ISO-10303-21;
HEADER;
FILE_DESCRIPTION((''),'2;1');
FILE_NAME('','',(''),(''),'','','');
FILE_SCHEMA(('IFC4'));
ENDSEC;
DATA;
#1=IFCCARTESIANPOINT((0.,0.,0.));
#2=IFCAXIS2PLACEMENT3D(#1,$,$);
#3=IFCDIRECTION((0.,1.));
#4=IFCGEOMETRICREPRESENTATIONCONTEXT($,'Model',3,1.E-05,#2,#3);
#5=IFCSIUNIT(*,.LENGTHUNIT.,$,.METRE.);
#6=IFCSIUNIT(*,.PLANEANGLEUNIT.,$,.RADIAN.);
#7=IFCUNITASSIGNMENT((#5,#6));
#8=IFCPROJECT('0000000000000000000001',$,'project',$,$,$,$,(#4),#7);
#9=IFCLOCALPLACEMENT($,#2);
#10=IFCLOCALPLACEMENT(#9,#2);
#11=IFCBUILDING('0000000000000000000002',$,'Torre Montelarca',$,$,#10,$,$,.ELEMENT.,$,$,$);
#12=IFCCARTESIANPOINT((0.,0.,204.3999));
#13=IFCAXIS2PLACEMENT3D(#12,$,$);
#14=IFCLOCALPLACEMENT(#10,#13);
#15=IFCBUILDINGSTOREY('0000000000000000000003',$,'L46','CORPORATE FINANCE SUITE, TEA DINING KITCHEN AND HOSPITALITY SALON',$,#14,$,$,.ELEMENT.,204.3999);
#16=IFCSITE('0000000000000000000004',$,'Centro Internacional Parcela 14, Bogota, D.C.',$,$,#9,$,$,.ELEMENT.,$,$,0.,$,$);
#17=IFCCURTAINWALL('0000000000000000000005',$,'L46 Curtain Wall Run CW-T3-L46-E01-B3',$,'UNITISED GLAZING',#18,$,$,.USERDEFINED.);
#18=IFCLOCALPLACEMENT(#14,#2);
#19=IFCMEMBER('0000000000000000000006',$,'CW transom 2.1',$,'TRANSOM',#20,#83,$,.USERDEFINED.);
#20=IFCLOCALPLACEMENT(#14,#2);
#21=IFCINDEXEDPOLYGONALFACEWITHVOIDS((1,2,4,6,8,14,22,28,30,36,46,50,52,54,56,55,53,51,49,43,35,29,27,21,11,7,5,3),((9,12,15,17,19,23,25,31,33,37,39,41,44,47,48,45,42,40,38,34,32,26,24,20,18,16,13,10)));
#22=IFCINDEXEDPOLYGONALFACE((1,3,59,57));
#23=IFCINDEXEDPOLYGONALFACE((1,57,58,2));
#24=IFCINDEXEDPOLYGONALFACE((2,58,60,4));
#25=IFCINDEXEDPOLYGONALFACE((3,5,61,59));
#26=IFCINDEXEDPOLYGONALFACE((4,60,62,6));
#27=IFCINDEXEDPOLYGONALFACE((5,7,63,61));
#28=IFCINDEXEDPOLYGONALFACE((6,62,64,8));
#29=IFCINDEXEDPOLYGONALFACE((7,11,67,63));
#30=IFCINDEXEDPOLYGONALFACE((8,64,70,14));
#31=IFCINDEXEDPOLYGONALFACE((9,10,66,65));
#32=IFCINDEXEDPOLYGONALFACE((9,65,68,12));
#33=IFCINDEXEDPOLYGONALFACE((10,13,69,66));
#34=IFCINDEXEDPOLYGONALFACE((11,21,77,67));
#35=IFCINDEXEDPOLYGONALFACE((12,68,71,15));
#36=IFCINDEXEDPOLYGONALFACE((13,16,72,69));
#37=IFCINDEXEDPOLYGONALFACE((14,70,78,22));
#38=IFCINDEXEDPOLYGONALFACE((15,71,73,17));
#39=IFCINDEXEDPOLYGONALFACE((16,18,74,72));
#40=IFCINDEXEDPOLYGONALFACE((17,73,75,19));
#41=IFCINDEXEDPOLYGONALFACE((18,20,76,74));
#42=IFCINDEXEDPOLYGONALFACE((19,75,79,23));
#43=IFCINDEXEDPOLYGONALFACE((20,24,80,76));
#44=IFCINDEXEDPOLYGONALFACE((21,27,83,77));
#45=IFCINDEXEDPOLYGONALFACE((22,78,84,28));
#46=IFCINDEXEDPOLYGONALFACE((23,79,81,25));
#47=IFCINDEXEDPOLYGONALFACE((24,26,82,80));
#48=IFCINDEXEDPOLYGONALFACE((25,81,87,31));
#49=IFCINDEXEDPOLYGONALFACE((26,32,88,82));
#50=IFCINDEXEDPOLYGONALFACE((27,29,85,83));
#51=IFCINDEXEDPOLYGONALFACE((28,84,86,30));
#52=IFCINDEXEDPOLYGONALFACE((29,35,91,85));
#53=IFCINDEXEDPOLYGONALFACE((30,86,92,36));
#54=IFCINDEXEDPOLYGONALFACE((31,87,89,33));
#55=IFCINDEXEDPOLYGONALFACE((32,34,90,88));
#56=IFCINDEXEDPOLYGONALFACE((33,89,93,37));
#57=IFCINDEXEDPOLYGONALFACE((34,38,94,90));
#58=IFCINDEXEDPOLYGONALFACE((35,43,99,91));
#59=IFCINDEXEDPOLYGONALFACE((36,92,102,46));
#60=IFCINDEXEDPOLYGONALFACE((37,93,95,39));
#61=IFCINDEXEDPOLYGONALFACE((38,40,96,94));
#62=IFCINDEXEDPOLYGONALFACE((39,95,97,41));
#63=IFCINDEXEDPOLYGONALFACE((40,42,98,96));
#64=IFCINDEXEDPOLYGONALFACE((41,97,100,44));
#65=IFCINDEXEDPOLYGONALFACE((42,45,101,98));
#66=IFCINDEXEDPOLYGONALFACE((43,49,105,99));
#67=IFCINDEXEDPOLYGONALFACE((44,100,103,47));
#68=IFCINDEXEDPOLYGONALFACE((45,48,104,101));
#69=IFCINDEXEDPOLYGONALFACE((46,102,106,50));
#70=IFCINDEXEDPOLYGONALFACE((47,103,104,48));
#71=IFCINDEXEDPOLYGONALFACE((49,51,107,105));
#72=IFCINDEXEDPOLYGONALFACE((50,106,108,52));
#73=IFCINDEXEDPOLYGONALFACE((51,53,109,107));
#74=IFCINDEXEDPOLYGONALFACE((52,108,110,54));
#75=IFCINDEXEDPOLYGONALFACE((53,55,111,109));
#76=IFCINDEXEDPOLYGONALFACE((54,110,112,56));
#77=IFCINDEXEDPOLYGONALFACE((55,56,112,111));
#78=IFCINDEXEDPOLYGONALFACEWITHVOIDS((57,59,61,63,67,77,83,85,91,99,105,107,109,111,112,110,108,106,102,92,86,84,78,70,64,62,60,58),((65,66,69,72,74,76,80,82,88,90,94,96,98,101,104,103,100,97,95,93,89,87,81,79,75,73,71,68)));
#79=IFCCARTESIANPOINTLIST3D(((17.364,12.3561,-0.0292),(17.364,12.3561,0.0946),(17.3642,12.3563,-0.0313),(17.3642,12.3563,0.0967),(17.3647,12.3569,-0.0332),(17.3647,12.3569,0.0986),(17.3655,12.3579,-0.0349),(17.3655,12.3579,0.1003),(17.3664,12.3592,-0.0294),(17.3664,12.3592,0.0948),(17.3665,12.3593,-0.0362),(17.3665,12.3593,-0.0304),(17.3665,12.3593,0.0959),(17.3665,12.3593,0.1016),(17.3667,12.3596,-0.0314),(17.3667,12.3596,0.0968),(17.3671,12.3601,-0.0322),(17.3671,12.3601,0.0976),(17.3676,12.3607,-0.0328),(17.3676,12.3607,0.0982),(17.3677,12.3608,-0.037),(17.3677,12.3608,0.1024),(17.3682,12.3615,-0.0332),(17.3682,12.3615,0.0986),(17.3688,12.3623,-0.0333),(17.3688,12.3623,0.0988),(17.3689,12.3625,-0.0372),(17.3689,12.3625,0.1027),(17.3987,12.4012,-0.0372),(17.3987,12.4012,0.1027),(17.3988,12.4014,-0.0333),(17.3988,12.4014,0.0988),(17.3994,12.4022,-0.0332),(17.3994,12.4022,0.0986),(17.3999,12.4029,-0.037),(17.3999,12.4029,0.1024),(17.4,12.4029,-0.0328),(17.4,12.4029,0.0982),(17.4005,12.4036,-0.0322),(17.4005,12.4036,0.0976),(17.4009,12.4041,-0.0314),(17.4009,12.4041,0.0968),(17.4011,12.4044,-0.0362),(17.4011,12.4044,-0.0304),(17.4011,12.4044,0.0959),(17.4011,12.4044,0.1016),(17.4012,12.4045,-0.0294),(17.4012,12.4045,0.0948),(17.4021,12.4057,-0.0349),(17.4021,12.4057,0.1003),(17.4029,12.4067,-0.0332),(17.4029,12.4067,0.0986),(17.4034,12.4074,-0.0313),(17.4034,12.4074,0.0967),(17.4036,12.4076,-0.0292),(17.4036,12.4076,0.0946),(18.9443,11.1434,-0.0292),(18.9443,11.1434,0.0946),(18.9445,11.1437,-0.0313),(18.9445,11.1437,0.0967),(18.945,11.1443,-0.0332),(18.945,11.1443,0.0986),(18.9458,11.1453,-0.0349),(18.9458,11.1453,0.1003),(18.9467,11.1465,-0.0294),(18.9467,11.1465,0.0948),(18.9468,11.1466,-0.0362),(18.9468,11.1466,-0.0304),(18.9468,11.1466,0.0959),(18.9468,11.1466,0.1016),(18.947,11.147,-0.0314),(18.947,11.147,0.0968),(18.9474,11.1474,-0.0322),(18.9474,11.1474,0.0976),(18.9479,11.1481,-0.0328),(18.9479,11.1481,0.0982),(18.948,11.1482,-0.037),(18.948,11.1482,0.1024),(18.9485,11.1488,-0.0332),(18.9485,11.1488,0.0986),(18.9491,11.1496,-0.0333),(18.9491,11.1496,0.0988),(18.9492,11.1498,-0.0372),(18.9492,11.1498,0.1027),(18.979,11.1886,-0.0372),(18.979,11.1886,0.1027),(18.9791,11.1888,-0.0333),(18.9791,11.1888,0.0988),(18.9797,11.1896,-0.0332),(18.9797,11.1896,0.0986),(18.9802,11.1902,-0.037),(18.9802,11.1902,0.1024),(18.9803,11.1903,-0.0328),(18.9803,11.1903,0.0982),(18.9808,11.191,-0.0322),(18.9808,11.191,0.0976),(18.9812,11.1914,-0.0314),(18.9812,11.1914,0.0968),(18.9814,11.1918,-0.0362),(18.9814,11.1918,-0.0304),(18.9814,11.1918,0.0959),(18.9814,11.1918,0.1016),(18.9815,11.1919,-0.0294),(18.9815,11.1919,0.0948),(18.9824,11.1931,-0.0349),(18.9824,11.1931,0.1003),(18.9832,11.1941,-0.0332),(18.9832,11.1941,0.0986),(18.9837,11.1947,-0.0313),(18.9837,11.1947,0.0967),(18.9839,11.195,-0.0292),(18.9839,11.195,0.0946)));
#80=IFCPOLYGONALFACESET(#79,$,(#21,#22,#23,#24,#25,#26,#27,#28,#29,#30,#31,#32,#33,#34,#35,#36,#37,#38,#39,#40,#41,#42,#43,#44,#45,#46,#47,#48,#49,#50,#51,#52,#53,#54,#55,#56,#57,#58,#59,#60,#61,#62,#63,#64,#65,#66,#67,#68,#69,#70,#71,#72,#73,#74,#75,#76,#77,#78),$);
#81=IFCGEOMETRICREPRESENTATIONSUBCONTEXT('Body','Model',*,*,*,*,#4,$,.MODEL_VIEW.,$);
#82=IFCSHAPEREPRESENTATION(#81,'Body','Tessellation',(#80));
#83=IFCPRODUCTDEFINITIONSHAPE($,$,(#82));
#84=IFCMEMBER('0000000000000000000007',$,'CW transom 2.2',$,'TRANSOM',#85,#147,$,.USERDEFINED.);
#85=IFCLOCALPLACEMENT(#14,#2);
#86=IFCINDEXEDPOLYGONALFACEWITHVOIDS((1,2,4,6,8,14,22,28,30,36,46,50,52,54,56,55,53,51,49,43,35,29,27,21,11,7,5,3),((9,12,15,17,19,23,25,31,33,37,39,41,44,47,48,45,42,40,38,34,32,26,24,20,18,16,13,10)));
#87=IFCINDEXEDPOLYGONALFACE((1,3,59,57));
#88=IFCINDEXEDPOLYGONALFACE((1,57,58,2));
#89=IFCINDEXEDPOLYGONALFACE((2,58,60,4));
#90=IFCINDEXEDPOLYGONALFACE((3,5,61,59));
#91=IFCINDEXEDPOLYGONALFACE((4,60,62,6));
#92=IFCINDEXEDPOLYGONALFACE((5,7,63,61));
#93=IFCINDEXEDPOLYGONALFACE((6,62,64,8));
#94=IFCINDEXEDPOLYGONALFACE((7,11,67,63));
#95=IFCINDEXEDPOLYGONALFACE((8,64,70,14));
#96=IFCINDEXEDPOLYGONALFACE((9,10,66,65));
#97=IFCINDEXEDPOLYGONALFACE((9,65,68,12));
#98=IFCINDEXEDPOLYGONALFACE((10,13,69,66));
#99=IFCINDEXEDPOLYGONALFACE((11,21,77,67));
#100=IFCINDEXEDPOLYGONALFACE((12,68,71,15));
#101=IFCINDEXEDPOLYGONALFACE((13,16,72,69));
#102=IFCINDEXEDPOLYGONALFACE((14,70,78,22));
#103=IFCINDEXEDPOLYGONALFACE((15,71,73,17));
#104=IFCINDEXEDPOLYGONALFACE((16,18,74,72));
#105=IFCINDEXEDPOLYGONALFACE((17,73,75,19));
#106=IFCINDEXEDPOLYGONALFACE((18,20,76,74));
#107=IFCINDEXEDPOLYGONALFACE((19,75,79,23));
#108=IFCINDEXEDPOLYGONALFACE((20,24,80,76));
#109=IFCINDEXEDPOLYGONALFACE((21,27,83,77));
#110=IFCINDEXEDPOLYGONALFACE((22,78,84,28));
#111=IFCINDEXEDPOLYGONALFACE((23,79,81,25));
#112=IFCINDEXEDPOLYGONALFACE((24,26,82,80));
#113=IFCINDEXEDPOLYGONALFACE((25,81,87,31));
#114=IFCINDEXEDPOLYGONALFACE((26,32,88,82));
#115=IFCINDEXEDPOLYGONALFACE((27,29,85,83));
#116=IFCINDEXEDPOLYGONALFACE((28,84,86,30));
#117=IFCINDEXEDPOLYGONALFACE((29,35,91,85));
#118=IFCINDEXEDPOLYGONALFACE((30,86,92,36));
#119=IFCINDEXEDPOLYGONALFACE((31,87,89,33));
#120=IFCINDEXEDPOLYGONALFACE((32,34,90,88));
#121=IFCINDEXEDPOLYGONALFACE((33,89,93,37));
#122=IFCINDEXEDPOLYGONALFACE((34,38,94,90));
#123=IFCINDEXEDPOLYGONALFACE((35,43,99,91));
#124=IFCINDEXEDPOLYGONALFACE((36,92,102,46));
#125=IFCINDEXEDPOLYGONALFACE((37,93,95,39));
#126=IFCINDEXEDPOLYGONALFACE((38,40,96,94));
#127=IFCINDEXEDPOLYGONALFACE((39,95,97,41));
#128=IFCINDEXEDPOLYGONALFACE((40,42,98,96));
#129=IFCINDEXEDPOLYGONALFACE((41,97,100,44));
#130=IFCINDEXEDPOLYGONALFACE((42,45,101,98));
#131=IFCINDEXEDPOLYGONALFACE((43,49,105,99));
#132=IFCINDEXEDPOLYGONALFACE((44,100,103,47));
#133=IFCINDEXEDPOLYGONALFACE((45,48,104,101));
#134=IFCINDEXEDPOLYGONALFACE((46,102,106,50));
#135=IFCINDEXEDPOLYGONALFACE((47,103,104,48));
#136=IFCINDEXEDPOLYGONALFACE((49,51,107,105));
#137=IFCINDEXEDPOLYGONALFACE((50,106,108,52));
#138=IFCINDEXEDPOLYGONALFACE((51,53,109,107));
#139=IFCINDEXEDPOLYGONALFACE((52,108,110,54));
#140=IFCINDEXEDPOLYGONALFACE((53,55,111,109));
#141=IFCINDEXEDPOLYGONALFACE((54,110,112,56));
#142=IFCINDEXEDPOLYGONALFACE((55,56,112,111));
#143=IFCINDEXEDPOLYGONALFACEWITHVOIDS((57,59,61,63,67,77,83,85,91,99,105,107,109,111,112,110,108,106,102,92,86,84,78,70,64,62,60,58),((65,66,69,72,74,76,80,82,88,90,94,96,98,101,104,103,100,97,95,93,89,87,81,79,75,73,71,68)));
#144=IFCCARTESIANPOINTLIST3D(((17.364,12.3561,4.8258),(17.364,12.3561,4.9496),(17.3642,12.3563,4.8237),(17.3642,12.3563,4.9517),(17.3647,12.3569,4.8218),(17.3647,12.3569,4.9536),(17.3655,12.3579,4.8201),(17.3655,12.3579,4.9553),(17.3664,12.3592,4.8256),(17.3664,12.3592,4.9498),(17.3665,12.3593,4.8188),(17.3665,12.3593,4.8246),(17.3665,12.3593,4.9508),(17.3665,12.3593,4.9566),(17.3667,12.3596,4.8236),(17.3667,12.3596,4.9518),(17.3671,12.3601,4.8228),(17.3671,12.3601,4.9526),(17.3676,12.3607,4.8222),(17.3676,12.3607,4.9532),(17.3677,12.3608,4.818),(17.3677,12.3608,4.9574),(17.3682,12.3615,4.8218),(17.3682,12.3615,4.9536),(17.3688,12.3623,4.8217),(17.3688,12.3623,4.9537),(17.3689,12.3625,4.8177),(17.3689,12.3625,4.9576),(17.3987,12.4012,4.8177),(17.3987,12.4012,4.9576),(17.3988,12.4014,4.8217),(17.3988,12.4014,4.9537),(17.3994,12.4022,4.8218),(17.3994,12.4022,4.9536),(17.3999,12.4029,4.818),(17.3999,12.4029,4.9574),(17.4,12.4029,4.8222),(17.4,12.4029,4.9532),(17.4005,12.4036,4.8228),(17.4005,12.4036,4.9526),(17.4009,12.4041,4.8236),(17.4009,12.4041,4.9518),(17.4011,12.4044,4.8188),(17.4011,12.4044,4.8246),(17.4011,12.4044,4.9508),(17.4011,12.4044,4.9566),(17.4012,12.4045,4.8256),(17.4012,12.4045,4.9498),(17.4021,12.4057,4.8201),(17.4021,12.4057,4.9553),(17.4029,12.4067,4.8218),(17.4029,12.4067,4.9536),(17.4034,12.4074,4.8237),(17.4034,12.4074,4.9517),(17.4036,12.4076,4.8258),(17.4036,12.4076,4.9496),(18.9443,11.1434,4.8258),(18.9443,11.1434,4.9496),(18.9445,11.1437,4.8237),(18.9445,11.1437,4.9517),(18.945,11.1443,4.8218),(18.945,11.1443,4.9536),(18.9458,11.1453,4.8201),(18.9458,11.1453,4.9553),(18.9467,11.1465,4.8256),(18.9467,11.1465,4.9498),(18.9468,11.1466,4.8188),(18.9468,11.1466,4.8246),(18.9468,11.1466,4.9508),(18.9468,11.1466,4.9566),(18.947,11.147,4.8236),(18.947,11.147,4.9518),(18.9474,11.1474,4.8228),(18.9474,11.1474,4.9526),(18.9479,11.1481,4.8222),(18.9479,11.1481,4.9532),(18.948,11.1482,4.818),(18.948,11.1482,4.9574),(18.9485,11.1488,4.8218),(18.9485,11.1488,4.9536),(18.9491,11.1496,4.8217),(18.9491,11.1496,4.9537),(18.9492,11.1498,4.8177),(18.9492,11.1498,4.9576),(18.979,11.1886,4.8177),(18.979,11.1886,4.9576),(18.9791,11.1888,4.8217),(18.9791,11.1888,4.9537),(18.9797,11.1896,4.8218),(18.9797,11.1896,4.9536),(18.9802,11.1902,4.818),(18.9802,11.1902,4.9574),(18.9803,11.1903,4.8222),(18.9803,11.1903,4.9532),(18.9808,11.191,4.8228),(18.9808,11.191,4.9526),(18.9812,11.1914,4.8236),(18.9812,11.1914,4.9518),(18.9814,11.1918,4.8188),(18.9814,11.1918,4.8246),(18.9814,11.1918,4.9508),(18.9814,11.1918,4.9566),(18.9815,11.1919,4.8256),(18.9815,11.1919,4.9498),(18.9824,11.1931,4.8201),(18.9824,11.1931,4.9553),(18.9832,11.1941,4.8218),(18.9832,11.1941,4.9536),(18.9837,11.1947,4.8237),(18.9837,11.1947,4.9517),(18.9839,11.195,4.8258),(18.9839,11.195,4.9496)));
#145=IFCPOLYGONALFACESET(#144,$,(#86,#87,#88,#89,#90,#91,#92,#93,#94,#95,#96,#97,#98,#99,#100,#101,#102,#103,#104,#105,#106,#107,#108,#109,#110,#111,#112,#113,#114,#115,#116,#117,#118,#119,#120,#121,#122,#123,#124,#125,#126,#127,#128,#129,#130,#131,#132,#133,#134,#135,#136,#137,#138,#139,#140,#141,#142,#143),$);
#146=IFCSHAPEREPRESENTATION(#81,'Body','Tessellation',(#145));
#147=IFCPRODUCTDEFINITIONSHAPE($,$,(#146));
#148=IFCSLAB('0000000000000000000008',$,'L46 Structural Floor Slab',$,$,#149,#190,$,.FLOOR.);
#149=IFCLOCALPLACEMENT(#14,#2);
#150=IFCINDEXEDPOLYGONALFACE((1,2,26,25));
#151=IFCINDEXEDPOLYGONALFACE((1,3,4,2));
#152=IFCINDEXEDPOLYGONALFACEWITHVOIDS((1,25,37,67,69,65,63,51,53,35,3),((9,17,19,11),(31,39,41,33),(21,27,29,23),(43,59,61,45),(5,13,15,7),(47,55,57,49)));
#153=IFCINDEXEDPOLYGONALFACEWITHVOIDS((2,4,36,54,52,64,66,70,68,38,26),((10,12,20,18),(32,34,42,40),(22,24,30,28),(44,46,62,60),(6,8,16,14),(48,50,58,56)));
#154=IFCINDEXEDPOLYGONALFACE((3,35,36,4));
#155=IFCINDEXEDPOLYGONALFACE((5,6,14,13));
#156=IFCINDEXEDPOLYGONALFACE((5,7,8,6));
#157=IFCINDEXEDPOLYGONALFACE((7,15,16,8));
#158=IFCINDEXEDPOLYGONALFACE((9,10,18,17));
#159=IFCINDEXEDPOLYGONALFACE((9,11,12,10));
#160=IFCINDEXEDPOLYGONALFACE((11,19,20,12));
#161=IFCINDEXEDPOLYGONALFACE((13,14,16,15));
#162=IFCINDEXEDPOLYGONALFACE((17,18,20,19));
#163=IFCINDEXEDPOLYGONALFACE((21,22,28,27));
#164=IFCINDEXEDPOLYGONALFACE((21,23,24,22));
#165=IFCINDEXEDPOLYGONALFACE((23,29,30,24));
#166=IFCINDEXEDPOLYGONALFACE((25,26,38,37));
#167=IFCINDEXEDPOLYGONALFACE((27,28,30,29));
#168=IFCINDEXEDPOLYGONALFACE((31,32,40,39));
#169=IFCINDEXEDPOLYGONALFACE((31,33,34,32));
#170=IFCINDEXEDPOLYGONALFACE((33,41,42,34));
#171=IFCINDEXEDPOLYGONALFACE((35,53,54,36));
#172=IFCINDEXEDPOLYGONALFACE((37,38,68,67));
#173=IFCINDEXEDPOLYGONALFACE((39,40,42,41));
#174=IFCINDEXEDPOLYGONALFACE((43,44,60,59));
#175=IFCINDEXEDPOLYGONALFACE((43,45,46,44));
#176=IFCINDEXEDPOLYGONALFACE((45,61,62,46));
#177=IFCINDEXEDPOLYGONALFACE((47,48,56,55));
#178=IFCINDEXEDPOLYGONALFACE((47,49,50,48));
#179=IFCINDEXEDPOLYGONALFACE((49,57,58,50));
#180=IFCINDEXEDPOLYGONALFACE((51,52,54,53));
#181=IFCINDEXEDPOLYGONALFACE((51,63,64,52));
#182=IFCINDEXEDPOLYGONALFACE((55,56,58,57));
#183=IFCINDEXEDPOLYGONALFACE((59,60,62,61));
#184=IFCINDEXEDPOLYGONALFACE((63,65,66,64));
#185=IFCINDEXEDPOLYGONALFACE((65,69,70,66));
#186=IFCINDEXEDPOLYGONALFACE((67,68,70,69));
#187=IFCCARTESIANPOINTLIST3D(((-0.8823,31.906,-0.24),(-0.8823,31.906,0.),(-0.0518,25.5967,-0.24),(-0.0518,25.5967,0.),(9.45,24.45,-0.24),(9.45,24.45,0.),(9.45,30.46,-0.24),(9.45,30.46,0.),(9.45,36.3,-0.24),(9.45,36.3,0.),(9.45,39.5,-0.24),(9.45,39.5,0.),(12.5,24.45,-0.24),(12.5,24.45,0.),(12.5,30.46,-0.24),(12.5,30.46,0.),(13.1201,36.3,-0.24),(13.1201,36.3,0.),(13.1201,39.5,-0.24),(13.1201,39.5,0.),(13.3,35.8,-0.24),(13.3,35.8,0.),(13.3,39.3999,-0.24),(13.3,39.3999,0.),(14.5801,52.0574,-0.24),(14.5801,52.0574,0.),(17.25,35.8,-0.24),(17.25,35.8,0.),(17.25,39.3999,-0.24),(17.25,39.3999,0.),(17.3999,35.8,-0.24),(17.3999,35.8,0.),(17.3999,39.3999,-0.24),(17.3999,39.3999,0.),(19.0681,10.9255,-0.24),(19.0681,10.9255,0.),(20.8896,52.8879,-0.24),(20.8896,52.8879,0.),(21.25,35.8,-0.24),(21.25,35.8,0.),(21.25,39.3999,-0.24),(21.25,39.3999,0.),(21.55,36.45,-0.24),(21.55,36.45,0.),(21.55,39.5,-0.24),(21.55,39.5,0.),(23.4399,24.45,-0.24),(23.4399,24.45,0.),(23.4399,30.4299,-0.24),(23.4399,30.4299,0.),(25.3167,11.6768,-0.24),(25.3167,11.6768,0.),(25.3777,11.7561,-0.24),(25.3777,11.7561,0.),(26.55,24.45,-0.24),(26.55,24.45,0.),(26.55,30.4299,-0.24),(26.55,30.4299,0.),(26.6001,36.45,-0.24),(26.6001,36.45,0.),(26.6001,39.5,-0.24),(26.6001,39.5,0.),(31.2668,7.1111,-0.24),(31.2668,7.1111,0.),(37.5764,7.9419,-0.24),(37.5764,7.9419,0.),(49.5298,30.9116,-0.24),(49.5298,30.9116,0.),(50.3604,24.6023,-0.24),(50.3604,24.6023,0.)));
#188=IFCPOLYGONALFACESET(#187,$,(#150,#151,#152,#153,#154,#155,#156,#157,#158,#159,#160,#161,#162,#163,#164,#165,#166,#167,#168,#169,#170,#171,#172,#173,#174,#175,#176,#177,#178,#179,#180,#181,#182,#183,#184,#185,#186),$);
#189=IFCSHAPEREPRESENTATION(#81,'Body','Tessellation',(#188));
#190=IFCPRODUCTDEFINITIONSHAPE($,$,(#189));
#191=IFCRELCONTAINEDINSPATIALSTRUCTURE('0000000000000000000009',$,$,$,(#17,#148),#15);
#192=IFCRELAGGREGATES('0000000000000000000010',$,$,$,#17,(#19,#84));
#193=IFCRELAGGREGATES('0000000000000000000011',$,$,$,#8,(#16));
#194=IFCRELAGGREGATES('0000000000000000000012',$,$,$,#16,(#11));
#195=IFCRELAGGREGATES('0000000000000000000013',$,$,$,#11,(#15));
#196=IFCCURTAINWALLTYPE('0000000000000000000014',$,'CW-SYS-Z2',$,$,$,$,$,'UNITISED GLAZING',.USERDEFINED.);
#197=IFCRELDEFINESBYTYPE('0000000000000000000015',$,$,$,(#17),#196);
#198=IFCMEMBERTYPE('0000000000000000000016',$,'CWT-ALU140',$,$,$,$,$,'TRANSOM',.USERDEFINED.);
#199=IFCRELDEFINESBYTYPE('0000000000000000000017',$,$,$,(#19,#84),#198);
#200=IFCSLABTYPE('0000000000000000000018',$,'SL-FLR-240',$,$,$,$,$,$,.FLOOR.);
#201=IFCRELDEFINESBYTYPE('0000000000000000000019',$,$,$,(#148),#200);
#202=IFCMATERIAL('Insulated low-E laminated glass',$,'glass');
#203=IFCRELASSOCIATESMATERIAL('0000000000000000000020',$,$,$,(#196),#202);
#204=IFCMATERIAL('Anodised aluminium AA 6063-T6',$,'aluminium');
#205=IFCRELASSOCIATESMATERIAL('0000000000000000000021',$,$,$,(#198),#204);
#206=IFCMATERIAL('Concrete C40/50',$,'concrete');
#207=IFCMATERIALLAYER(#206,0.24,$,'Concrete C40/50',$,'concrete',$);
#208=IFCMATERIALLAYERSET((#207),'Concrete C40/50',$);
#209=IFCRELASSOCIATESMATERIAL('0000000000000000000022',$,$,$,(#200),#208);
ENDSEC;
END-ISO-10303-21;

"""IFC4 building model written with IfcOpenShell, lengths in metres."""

from ifc_helpers import new_model, si_unit, direction, frame, origin, origin_2d, place, context, subcontext, project, spatial, polyline, hollow_rectangle, outline, extrude, source, transform, mapped, material, layer, layer_set, material_profile, profile_set, type_object, element, aggregate, save


model = new_model("IFC4")

# Units and contexts
model_context = context("Model", 3, precision=1e-05, world=origin(), true_north=direction((0.0, 1.0)))
body_context = subcontext(model_context, "Body", "Model", "MODEL_VIEW")
ifc_project = project(units=[si_unit("LENGTHUNIT", "METRE"), si_unit("PLANEANGLEUNIT", "RADIAN")], contexts=[model_context])

# Site, building, storey
site_placement = place(None, origin())
site = spatial("IfcSite", under=ifc_project, at=site_placement, Name="Centro Internacional Parcela 14, Bogota, D.C.", CompositionType="ELEMENT", RefElevation=0.0)
building_placement = place(site_placement, origin())
building = spatial("IfcBuilding", under=site, at=building_placement, Name="Torre Montelarca", CompositionType="ELEMENT")
storey_placement = place(building_placement, frame((0.0, 0.0, 204.3999)))
storey = spatial("IfcBuildingStorey", under=building, at=storey_placement, Name="L46", Description="CORPORATE FINANCE SUITE, TEA DINING KITCHEN AND HOSPITALITY SALON", CompositionType="ELEMENT", Elevation=204.3999)

# Shared definitions
ifc_material_1 = material(Name="Insulated low-E laminated glass", Category="glass")
curtain_wall_type = type_object("IfcCurtainWallType", Name="CW-SYS-Z2", ElementType="UNITISED GLAZING", PredefinedType="USERDEFINED", material=ifc_material_1)
ifc_material_2 = material(Name="Anodised aluminium AA 6063-T6", Category="aluminium")
ifc_material_profile_1 = material_profile(ifc_material_2, hollow_rectangle(XDim=0.0649, YDim=0.1399, WallThickness=0.0039, InnerFilletRadius=0.0039, OuterFilletRadius=0.0081, at=origin_2d()), Name="ALU65X140X4", Category="aluminium")
ifc_profile_set_1 = profile_set([ifc_material_profile_1], Name="Anodised aluminium AA 6063-T6")
member_type_1 = type_object("IfcMemberType", Name="CWT-ALU140", ElementType="TRANSOM", PredefinedType="USERDEFINED", material=ifc_profile_set_1)

# Curtain wall
curtain_wall_1_placement = place(storey_placement, origin())
curtain_wall_1 = element("IfcCurtainWall", 1, at=curtain_wall_1_placement, inside=storey, type_object=curtain_wall_type, Name="L46 Curtain Wall Run CW-T3-L46-E01-B3", ObjectType="UNITISED GLAZING", PredefinedType="USERDEFINED")

# Members
shared_shape_1 = source(origin(), body_context, "Body", "SweptSolid", [
    extrude(hollow_rectangle(XDim=0.0649, YDim=0.1399, WallThickness=0.0039, InnerFilletRadius=0.0039, OuterFilletRadius=0.0081, at=origin_2d()), origin(), (0.0, 0.0, 1.0), 1.9919),
])
member_1_placement = place(storey_placement, frame((17.3838, 12.3818, 0.0327), z_axis=(0.793348, -0.608769, 0.0), x_axis=(0.608769, 0.793348, 0.0)))
member_1 = element("IfcMember", 2, at=member_1_placement, type_object=member_type_1, Name="CW transom 2.1", ObjectType="TRANSOM", PredefinedType="USERDEFINED", context=body_context, shape_type="MappedRepresentation", body=[
    mapped(shared_shape_1, transform((0.0, 0.0, 0.0), scale=1.0)),
])
member_2_placement = place(storey_placement, frame((17.3838, 12.3818, 4.8877), z_axis=(0.793348, -0.608769, 0.0), x_axis=(0.608769, 0.793348, 0.0)))
member_2 = element("IfcMember", 3, at=member_2_placement, type_object=member_type_1, Name="CW transom 2.2", ObjectType="TRANSOM", PredefinedType="USERDEFINED", context=body_context, shape_type="MappedRepresentation", body=[
    mapped(shared_shape_1, transform((0.0, 0.0, 0.0), scale=1.0)),
])

# Slab
ifc_material_3 = material(Name="Concrete C40/50", Category="concrete")
ifc_layer_1 = layer(ifc_material_3, 0.24, Name="Concrete C40/50", Category="concrete")
ifc_layer_set_1 = layer_set([ifc_layer_1], Name="Concrete C40/50")
slab_type_1 = type_object("IfcSlabType", Name="SL-FLR-240", PredefinedType="FLOOR", material=ifc_layer_set_1)
slab_1_placement = place(storey_placement, frame((0.0, 0.0, -0.24)))
element("IfcSlab", 4, at=slab_1_placement, inside=storey, type_object=slab_type_1, Name="L46 Structural Floor Slab", PredefinedType="FLOOR", context=body_context, shape_type="SweptSolid", body=[
    extrude(outline(polyline([(19.0681, 10.9255), (25.3777, 11.7561), (25.3167, 11.6768), (31.2668, 7.1111), (37.5764, 7.9419), (50.3604, 24.6023), (49.5298, 30.9116), (20.8896, 52.8879), (14.5801, 52.0574), (-0.8823, 31.906), (-0.0518, 25.5967), (19.0681, 10.9255)]), holes=[polyline([(26.55, 24.45), (23.4399, 24.45), (23.4399, 30.4299), (26.55, 30.4299), (26.55, 24.45)]), polyline([(9.45, 24.45), (9.45, 30.46), (12.5, 30.46), (12.5, 24.45), (9.45, 24.45)]), polyline([(17.25, 35.8), (13.3, 35.8), (13.3, 39.3999), (17.25, 39.3999), (17.25, 35.8)]), polyline([(21.25, 39.3999), (21.25, 35.8), (17.3999, 35.8), (17.3999, 39.3999), (21.25, 39.3999)]), polyline([(13.1201, 36.3), (9.45, 36.3), (9.45, 39.5), (13.1201, 39.5), (13.1201, 36.3)]), polyline([(26.6001, 36.45), (21.55, 36.45), (21.55, 39.5), (26.6001, 39.5), (26.6001, 36.45)])]), origin(), (0.0, 0.0, 1.0), 0.24),
])

aggregate(curtain_wall_1, [member_1, member_2])

save(model, "model.ifc")
